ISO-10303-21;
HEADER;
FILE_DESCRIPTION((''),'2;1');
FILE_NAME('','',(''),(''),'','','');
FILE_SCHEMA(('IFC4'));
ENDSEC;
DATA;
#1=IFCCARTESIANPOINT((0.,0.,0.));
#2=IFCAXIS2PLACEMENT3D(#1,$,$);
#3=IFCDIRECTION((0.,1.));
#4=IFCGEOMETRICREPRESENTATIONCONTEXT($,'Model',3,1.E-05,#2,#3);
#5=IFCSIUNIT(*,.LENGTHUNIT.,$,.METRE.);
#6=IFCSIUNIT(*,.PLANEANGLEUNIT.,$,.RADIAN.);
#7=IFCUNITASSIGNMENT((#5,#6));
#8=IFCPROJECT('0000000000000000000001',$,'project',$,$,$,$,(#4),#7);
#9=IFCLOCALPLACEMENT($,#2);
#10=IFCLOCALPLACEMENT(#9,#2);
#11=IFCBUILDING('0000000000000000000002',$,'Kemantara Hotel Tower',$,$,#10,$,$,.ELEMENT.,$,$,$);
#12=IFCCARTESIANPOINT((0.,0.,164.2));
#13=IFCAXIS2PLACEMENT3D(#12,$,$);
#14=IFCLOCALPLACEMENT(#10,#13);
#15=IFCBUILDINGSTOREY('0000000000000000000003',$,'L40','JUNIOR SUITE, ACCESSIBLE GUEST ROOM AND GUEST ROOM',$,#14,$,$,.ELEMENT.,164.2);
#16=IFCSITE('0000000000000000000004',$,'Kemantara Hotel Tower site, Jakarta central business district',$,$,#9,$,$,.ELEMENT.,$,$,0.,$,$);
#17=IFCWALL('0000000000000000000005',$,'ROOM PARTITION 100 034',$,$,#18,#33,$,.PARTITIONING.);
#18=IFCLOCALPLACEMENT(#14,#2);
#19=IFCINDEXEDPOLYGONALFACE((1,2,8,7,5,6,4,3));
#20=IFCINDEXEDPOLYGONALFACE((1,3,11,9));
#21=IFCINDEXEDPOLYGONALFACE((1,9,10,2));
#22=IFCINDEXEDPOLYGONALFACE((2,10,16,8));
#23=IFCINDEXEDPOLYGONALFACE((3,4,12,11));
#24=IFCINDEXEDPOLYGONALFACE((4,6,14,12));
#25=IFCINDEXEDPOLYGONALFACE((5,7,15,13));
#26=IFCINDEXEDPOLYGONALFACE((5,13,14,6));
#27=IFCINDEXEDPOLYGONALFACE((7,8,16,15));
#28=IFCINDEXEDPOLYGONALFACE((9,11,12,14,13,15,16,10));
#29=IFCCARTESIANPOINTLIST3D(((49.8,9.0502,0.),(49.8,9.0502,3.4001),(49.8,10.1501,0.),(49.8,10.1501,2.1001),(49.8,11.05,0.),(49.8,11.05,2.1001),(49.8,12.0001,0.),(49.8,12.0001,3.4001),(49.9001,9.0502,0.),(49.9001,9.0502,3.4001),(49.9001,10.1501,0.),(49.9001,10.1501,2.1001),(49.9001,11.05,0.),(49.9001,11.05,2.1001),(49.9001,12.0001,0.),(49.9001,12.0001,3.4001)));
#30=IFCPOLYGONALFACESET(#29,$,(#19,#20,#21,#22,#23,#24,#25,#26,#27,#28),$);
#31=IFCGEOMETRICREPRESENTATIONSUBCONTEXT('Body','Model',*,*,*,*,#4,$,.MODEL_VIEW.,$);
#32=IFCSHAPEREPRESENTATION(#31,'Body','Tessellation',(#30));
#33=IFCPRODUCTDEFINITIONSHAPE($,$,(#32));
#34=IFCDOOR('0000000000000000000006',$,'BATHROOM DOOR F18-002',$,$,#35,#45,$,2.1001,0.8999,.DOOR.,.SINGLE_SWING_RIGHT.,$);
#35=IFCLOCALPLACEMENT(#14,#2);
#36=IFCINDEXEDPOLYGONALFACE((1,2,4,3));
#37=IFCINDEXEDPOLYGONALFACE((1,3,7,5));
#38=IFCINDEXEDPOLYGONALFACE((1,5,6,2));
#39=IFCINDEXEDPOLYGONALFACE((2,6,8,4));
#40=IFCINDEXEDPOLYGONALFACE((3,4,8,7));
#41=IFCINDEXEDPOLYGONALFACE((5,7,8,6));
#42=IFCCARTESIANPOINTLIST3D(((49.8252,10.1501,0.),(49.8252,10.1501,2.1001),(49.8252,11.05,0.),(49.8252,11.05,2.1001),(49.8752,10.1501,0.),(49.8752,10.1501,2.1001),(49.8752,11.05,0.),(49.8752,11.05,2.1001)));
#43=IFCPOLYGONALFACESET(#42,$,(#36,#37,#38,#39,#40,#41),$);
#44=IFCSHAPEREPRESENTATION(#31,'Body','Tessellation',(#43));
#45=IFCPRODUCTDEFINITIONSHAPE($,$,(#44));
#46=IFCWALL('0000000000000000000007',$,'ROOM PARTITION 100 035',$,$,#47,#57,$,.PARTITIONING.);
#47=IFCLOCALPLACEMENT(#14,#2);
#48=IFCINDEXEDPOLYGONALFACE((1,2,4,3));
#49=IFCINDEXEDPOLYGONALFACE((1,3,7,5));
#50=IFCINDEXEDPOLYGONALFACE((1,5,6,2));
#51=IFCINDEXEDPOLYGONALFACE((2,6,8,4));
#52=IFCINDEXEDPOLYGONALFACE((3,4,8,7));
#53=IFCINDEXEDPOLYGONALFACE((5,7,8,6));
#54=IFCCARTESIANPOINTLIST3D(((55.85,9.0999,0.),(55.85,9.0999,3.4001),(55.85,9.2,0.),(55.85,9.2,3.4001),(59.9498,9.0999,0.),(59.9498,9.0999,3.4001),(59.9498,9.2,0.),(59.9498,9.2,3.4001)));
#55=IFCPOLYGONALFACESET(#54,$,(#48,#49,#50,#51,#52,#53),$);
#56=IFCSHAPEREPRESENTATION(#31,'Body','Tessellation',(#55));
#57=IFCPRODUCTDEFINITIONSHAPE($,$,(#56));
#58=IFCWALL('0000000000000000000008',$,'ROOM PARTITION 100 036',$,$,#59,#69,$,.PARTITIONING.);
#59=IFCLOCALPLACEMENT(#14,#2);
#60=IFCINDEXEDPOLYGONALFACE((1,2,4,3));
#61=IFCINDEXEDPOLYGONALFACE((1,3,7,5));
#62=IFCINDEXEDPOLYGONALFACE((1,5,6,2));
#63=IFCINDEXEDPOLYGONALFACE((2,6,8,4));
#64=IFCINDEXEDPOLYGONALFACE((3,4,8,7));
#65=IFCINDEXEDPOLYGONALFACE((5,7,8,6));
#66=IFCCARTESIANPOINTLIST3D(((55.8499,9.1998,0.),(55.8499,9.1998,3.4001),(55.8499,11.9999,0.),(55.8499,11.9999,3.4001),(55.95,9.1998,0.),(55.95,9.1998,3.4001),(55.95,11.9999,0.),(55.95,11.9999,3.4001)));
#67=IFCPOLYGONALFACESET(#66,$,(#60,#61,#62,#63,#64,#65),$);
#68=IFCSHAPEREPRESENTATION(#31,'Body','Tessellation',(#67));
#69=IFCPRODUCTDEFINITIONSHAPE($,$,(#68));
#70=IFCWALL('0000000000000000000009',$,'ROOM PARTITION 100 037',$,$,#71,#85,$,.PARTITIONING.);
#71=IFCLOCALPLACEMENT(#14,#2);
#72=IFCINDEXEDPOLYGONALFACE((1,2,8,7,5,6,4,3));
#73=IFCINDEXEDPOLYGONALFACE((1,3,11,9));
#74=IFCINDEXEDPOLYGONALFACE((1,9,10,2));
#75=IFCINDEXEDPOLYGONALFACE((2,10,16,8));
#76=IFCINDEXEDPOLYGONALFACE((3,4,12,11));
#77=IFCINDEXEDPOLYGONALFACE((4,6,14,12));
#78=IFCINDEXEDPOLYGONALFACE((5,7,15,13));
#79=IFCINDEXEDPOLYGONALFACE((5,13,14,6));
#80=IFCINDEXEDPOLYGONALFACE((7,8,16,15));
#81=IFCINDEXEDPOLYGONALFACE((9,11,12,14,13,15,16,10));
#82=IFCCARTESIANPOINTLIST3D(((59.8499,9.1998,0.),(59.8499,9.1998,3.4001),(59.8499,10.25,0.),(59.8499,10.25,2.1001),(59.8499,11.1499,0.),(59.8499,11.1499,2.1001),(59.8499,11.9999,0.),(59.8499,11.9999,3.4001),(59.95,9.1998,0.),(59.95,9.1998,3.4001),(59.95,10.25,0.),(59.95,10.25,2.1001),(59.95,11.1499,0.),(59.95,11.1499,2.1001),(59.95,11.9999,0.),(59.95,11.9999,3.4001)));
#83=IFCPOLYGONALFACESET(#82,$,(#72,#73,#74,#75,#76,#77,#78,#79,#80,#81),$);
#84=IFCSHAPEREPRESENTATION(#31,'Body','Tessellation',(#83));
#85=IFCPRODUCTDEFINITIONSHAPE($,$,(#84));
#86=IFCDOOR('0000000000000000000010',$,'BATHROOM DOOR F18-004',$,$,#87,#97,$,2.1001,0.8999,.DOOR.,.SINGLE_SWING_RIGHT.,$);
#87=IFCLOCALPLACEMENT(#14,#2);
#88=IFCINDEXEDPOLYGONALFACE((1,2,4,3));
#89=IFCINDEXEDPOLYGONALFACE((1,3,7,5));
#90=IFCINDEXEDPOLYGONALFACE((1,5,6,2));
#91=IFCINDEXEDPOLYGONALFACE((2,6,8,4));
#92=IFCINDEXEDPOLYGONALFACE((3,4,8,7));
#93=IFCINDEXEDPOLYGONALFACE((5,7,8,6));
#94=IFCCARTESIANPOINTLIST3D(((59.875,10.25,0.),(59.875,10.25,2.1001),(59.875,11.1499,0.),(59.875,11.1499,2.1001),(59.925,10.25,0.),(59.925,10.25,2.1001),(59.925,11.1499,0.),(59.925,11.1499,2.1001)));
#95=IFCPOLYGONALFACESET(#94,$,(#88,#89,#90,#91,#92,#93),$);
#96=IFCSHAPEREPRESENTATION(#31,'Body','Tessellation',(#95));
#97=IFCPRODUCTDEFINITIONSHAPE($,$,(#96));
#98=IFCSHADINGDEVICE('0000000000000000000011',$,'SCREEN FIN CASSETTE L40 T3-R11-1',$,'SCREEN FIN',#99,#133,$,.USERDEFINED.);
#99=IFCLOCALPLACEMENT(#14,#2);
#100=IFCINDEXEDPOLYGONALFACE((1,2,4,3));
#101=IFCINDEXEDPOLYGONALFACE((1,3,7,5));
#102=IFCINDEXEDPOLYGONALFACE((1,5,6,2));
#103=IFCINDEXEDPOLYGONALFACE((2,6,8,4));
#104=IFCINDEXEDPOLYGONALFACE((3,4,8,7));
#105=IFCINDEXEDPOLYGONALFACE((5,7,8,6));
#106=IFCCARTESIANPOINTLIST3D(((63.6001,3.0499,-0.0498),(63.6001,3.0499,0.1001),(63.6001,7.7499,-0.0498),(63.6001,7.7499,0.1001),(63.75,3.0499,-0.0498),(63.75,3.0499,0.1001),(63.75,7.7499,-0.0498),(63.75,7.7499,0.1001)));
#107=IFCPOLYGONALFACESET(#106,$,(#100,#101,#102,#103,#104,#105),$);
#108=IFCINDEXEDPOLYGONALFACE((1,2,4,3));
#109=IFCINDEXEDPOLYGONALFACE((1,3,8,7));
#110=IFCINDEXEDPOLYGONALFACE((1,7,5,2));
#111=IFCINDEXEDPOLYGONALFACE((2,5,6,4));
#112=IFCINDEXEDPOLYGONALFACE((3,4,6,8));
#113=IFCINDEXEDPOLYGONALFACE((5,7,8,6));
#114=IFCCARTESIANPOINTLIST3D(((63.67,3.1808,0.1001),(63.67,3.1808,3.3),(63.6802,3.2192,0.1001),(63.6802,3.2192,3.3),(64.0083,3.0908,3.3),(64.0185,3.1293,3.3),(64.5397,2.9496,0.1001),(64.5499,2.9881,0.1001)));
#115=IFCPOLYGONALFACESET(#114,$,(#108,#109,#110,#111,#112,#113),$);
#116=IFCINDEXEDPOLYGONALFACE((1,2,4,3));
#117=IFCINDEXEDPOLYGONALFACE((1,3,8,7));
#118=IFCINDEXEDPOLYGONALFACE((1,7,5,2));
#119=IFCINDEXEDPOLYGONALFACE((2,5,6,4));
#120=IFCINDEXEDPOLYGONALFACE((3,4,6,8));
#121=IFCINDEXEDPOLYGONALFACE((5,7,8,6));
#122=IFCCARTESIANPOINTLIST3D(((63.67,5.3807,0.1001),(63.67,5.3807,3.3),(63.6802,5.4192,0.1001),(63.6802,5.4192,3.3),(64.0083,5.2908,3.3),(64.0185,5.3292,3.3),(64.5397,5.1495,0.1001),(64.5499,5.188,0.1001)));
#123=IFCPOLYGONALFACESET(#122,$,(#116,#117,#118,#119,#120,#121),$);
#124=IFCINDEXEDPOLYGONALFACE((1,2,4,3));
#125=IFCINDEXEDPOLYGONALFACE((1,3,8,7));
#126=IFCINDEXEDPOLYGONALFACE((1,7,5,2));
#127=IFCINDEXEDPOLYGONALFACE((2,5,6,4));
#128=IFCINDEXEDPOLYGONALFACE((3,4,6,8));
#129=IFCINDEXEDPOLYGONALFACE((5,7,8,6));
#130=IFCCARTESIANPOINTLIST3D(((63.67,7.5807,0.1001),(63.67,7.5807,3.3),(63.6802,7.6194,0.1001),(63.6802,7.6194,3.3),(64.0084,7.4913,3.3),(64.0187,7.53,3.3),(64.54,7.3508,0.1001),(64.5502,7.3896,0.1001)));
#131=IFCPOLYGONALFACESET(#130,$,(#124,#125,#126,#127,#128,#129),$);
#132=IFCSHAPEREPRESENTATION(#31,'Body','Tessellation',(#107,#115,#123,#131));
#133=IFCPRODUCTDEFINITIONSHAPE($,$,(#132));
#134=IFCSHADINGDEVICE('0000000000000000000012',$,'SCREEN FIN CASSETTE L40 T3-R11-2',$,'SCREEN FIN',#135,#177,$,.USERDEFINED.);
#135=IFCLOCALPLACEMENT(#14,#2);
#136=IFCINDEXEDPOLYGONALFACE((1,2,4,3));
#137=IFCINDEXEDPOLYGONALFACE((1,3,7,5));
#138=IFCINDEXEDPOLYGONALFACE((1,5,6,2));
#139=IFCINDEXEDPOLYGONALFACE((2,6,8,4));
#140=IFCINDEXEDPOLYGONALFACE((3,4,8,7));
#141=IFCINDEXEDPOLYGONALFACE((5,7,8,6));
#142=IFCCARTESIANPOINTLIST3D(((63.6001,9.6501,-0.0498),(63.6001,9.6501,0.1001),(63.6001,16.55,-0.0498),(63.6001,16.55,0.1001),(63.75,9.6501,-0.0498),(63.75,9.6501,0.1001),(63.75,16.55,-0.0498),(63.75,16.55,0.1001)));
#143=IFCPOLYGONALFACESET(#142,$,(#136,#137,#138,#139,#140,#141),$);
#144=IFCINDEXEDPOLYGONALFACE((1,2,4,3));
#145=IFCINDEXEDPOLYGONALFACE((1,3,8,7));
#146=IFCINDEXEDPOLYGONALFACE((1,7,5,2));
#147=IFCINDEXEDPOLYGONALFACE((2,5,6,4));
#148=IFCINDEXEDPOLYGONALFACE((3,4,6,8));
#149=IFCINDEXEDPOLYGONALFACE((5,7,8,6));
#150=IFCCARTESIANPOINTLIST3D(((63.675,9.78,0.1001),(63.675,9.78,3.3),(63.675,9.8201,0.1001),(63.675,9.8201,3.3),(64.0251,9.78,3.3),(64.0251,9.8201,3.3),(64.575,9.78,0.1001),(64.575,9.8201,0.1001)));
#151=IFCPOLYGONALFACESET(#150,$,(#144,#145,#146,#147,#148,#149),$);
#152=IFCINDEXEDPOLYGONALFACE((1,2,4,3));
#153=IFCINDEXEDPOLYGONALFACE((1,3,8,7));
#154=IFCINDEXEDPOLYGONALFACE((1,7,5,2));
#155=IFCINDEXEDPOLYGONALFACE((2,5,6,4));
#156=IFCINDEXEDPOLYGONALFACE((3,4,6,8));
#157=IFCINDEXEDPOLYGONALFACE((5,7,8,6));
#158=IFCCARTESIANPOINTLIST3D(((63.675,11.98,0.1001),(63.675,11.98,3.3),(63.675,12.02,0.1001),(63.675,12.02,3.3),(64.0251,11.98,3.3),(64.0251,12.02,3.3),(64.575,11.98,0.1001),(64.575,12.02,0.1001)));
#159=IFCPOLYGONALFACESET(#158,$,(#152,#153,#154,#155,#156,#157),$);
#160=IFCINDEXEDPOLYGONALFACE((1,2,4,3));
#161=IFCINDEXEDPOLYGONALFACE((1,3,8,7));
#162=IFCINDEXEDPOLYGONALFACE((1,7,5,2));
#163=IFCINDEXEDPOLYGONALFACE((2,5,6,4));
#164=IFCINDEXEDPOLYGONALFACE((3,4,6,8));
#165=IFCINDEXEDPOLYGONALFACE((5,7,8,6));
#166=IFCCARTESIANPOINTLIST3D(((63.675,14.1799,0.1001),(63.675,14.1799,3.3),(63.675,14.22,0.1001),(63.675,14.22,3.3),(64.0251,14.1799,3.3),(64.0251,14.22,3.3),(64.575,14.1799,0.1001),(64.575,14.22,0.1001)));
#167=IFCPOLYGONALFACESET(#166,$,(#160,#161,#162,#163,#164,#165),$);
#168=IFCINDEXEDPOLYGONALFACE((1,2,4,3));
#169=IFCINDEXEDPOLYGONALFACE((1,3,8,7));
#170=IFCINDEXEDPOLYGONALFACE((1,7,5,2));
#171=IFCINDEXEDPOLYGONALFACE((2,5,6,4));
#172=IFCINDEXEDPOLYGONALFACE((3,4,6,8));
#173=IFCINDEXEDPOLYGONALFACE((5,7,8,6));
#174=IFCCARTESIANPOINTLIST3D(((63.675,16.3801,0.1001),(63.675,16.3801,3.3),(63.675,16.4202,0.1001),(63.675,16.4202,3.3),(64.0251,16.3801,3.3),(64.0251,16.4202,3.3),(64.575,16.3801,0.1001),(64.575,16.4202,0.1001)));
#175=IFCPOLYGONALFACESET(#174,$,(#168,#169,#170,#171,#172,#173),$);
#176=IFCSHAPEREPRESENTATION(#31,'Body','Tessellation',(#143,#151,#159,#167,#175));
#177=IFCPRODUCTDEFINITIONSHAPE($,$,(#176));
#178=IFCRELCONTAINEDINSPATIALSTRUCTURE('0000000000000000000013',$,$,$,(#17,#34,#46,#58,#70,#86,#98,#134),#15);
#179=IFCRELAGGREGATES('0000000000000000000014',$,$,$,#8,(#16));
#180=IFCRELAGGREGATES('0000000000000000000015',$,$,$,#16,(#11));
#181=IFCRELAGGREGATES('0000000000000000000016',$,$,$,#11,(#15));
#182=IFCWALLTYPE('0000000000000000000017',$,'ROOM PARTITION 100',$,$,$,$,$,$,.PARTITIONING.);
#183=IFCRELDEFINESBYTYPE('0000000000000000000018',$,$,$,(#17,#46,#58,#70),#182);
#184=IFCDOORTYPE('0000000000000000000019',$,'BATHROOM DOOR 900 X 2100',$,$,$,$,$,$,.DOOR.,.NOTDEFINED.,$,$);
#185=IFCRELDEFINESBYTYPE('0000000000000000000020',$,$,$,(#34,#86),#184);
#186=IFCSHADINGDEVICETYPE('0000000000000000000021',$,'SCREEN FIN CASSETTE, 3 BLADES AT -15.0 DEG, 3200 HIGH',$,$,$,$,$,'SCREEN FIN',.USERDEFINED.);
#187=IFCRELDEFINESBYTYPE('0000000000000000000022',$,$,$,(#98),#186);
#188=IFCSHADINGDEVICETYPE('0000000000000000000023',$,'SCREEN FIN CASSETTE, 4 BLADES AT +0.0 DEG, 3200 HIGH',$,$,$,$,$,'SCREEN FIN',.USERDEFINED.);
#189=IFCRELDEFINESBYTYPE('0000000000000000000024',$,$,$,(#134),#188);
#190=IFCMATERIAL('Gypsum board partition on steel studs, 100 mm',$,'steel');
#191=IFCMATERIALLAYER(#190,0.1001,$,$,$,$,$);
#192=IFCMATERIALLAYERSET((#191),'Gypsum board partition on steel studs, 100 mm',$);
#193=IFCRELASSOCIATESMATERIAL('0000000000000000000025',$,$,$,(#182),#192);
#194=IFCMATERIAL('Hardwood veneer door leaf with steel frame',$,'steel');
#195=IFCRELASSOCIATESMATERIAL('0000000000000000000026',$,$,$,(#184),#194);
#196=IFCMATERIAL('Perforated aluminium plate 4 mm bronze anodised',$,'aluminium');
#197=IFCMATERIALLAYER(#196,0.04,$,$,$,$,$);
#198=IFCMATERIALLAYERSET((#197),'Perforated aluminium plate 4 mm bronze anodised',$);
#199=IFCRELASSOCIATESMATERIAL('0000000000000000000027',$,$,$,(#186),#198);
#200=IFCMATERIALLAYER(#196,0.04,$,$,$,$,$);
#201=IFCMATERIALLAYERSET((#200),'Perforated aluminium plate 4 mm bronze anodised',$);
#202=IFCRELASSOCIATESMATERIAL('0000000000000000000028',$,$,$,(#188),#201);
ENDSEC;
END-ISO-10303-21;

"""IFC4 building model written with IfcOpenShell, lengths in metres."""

from ifc_helpers import new_model, si_unit, direction, frame, frame_2d, origin, origin_2d, place, context, subcontext, project, spatial, polyline, rectangle, outline, extrude, source, transform, mapped, material, layer, layer_set, type_object, element, fill, save


model = new_model("IFC4")

# Units and contexts
model_context = context("Model", 3, precision=1e-05, world=origin(), true_north=direction((0.0, 1.0)))
body_context = subcontext(model_context, "Body", "Model", "MODEL_VIEW")
ifc_project = project(units=[si_unit("LENGTHUNIT", "METRE"), si_unit("PLANEANGLEUNIT", "RADIAN")], contexts=[model_context])

# Site, building, storey
site_placement = place(None, origin())
site = spatial("IfcSite", under=ifc_project, at=site_placement, Name="Kemantara Hotel Tower site, Jakarta central business district", CompositionType="ELEMENT", RefElevation=0.0)
building_placement = place(site_placement, origin())
building = spatial("IfcBuilding", under=site, at=building_placement, Name="Kemantara Hotel Tower", CompositionType="ELEMENT")
storey_placement = place(building_placement, frame((0.0, 0.0, 164.2)))
storey = spatial("IfcBuildingStorey", under=building, at=storey_placement, Name="L40", Description="JUNIOR SUITE, ACCESSIBLE GUEST ROOM AND GUEST ROOM", CompositionType="ELEMENT", Elevation=164.2)

# Wall, opening, door
ifc_material_1 = material(Name="Gypsum board partition on steel studs, 100 mm", Category="steel")
ifc_layer_1 = layer(ifc_material_1, 0.1001)
ifc_layer_set_1 = layer_set([ifc_layer_1], Name="Gypsum board partition on steel studs, 100 mm")
wall_type_1 = type_object("IfcWallType", Name="ROOM PARTITION 100", PredefinedType="PARTITIONING", material=ifc_layer_set_1)
wall_1_placement = place(storey_placement, frame((49.8501, 9.05, 0.0), z_axis=(0.0, 0.0, 1.0), x_axis=(0.0, 1.0, 0.0)))
wall_1 = element("IfcWall", 1, at=wall_1_placement, inside=storey, type_object=wall_type_1, Name="ROOM PARTITION 100 034", PredefinedType="PARTITIONING", context=body_context, shape_type="SweptSolid", body=[
    extrude(rectangle(XDim=2.95, YDim=0.1001, at=frame_2d((1.4751, 0.0))), origin(), (0.0, 0.0, 1.0), 3.4001),
])
opening_1_placement = place(wall_1_placement, frame((1.1001, 0.0, 0.0)))
opening_1 = element("IfcOpeningElement", 2, at=opening_1_placement, cuts=wall_1, PredefinedType="OPENING", context=body_context, shape_type="SweptSolid", body=[
    extrude(rectangle(XDim=0.8999, YDim=2.1001, at=frame_2d((0.45, 1.05))), frame((0.0, 0.0601, 0.0), z_axis=(0.0, -1.0, 0.0), x_axis=(1.0, 0.0, 0.0)), (0.0, 0.0, 1.0), 0.1201),
])
ifc_material_2 = material(Name="Hardwood veneer door leaf with steel frame", Category="steel")
door_type = type_object("IfcDoorType", Name="BATHROOM DOOR 900 X 2100", OperationType="NOTDEFINED", PredefinedType="DOOR", material=ifc_material_2)
door_1_placement = place(opening_1_placement, origin())
door_1 = element("IfcDoor", 3, at=door_1_placement, inside=storey, type_object=door_type, Name="BATHROOM DOOR F18-002", OperationType="SINGLE_SWING_RIGHT", OverallHeight=2.1001, OverallWidth=0.8999, PredefinedType="DOOR", context=body_context, shape_type="SweptSolid", body=[
    extrude(rectangle(XDim=0.8999, YDim=2.1001, at=frame_2d((0.45, 1.05))), frame((0.0, 0.0249, 0.0), z_axis=(0.0, -1.0, 0.0), x_axis=(1.0, 0.0, 0.0)), (0.0, 0.0, 1.0), 0.05),
])
fill(opening_1, door_1)

# Walls
wall_2_placement = place(storey_placement, frame((55.8501, 9.1499, 0.0), z_axis=(0.0, 0.0, 1.0), x_axis=(1.0, 0.0, 0.0)))
element("IfcWall", 4, at=wall_2_placement, inside=storey, type_object=wall_type_1, Name="ROOM PARTITION 100 035", PredefinedType="PARTITIONING", context=body_context, shape_type="SweptSolid", body=[
    extrude(rectangle(XDim=4.0999, YDim=0.1001, at=frame_2d((2.0498, 0.0))), origin(), (0.0, 0.0, 1.0), 3.4001),
])
wall_3_placement = place(storey_placement, frame((55.8999, 9.2, 0.0), z_axis=(0.0, 0.0, 1.0), x_axis=(0.0, 1.0, 0.0)))
element("IfcWall", 5, at=wall_3_placement, inside=storey, type_object=wall_type_1, Name="ROOM PARTITION 100 036", PredefinedType="PARTITIONING", context=body_context, shape_type="SweptSolid", body=[
    extrude(rectangle(XDim=2.8, YDim=0.1001, at=frame_2d((1.3999, 0.0))), origin(), (0.0, 0.0, 1.0), 3.4001),
])

# Wall, opening, door
wall_4_placement = place(storey_placement, frame((59.8999, 9.2, 0.0), z_axis=(0.0, 0.0, 1.0), x_axis=(0.0, 1.0, 0.0)))
wall_4 = element("IfcWall", 6, at=wall_4_placement, inside=storey, type_object=wall_type_1, Name="ROOM PARTITION 100 037", PredefinedType="PARTITIONING", context=body_context, shape_type="SweptSolid", body=[
    extrude(rectangle(XDim=2.8, YDim=0.1001, at=frame_2d((1.3999, 0.0))), origin(), (0.0, 0.0, 1.0), 3.4001),
])
opening_2_placement = place(wall_4_placement, frame((1.05, 0.0, 0.0)))
opening_2 = element("IfcOpeningElement", 7, at=opening_2_placement, cuts=wall_4, PredefinedType="OPENING", context=body_context, shape_type="SweptSolid", body=[
    extrude(rectangle(XDim=0.8999, YDim=2.1001, at=frame_2d((0.45, 1.05))), frame((0.0, 0.0601, 0.0), z_axis=(0.0, -1.0, 0.0), x_axis=(1.0, 0.0, 0.0)), (0.0, 0.0, 1.0), 0.1201),
])
door_2_placement = place(opening_2_placement, origin())
door_2 = element("IfcDoor", 8, at=door_2_placement, inside=storey, type_object=door_type, Name="BATHROOM DOOR F18-004", OperationType="SINGLE_SWING_RIGHT", OverallHeight=2.1001, OverallWidth=0.8999, PredefinedType="DOOR", context=body_context, shape_type="SweptSolid", body=[
    extrude(rectangle(XDim=0.8999, YDim=2.1001, at=frame_2d((0.45, 1.05))), frame((0.0, 0.0249, 0.0), z_axis=(0.0, -1.0, 0.0), x_axis=(1.0, 0.0, 0.0)), (0.0, 0.0, 1.0), 0.05),
])
fill(opening_2, door_2)

# Shading devices
ifc_material_3 = material(Name="Perforated aluminium plate 4 mm bronze anodised", Category="aluminium")
ifc_layer_2 = layer(ifc_material_3, 0.04)
ifc_layer_set_2 = layer_set([ifc_layer_2], Name="Perforated aluminium plate 4 mm bronze anodised")
shading_device_type_1 = type_object("IfcShadingDeviceType", Name="SCREEN FIN CASSETTE, 3 BLADES AT -15.0 DEG, 3200 HIGH", ElementType="SCREEN FIN", PredefinedType="USERDEFINED", material=ifc_layer_set_2)
shared_shape_1 = source(origin(), body_context, "Body", "SweptSolid", [
    extrude(rectangle(XDim=4.7, YDim=0.1499, at=origin_2d()), frame((2.2, -0.075, -0.1499), z_axis=(0.0, 0.0, 1.0), x_axis=(1.0, 0.0, 0.0)), (0.0, 0.0, 1.0), 0.1499),
    extrude(outline(polyline([(0.0, 0.0), (0.8999, 0.0), (0.3501, 3.2), (0.0, 3.2), (0.0, 0.0)])), frame((0.0193, -0.0801, 0.0), z_axis=(-0.966438, 0.256901, 0.0), x_axis=(-0.256901, -0.966438, 0.0)), (0.0, 0.0, 1.0), 0.0398),
    extrude(outline(polyline([(0.0, 0.0), (0.8999, 0.0), (0.3501, 3.2), (0.0, 3.2), (0.0, 0.0)])), frame((2.2192, -0.0801, 0.0), z_axis=(-0.966438, 0.256901, 0.0), x_axis=(-0.256901, -0.966438, 0.0)), (0.0, 0.0, 1.0), 0.0398),
    extrude(outline(polyline([(0.0, 0.0), (0.8999, 0.0), (0.3501, 3.2), (0.0, 3.2), (0.0, 0.0)])), frame((4.4194, -0.0801, 0.0), z_axis=(-0.966838, 0.255391, 0.0), x_axis=(-0.255391, -0.966838, 0.0)), (0.0, 0.0, 1.0), 0.04),
])
shading_device_1_placement = place(storey_placement, frame((63.6001, 3.2, 0.1001), z_axis=(0.0, 0.0, 1.0), x_axis=(0.0, 1.0, 0.0)))
element("IfcShadingDevice", 9, at=shading_device_1_placement, inside=storey, type_object=shading_device_type_1, Name="SCREEN FIN CASSETTE L40 T3-R11-1", ObjectType="SCREEN FIN", PredefinedType="USERDEFINED", context=body_context, shape_type="MappedRepresentation", body=[
    mapped(shared_shape_1, transform((0.0, 0.0, 0.0))),
])
ifc_layer_3 = layer(ifc_material_3, 0.04)
ifc_layer_set_3 = layer_set([ifc_layer_3], Name="Perforated aluminium plate 4 mm bronze anodised")
shading_device_type_2 = type_object("IfcShadingDeviceType", Name="SCREEN FIN CASSETTE, 4 BLADES AT +0.0 DEG, 3200 HIGH", ElementType="SCREEN FIN", PredefinedType="USERDEFINED", material=ifc_layer_set_3)
shared_shape_2 = source(origin(), body_context, "Body", "SweptSolid", [
    extrude(rectangle(XDim=6.8999, YDim=0.1499, at=origin_2d()), frame((3.3, -0.075, -0.1499), z_axis=(0.0, 0.0, 1.0), x_axis=(1.0, 0.0, 0.0)), (0.0, 0.0, 1.0), 0.1499),
    extrude(outline(polyline([(0.0, 0.0), (0.8999, 0.0), (0.3501, 3.2), (0.0, 3.2), (0.0, 0.0)])), frame((0.02, -0.075, 0.0), z_axis=(-1.0, 0.0, 0.0), x_axis=(0.0, -1.0, 0.0)), (0.0, 0.0, 1.0), 0.04),
    extrude(outline(polyline([(0.0, 0.0), (0.8999, 0.0), (0.3501, 3.2), (0.0, 3.2), (0.0, 0.0)])), frame((2.22, -0.075, 0.0), z_axis=(-1.0, 0.0, 0.0), x_axis=(0.0, -1.0, 0.0)), (0.0, 0.0, 1.0), 0.04),
    extrude(outline(polyline([(0.0, 0.0), (0.8999, 0.0), (0.3501, 3.2), (0.0, 3.2), (0.0, 0.0)])), frame((4.4199, -0.075, 0.0), z_axis=(-1.0, 0.0, 0.0), x_axis=(0.0, -1.0, 0.0)), (0.0, 0.0, 1.0), 0.04),
    extrude(outline(polyline([(0.0, 0.0), (0.8999, 0.0), (0.3501, 3.2), (0.0, 3.2), (0.0, 0.0)])), frame((6.6201, -0.075, 0.0), z_axis=(-1.0, 0.0, 0.0), x_axis=(0.0, -1.0, 0.0)), (0.0, 0.0, 1.0), 0.04),
])
shading_device_2_placement = place(storey_placement, frame((63.6001, 9.8, 0.1001), z_axis=(0.0, 0.0, 1.0), x_axis=(0.0, 1.0, 0.0)))
element("IfcShadingDevice", 10, at=shading_device_2_placement, inside=storey, type_object=shading_device_type_2, Name="SCREEN FIN CASSETTE L40 T3-R11-2", ObjectType="SCREEN FIN", PredefinedType="USERDEFINED", context=body_context, shape_type="MappedRepresentation", body=[
    mapped(shared_shape_2, transform((0.0, 0.0, 0.0))),
])

save(model, "model.ifc")
